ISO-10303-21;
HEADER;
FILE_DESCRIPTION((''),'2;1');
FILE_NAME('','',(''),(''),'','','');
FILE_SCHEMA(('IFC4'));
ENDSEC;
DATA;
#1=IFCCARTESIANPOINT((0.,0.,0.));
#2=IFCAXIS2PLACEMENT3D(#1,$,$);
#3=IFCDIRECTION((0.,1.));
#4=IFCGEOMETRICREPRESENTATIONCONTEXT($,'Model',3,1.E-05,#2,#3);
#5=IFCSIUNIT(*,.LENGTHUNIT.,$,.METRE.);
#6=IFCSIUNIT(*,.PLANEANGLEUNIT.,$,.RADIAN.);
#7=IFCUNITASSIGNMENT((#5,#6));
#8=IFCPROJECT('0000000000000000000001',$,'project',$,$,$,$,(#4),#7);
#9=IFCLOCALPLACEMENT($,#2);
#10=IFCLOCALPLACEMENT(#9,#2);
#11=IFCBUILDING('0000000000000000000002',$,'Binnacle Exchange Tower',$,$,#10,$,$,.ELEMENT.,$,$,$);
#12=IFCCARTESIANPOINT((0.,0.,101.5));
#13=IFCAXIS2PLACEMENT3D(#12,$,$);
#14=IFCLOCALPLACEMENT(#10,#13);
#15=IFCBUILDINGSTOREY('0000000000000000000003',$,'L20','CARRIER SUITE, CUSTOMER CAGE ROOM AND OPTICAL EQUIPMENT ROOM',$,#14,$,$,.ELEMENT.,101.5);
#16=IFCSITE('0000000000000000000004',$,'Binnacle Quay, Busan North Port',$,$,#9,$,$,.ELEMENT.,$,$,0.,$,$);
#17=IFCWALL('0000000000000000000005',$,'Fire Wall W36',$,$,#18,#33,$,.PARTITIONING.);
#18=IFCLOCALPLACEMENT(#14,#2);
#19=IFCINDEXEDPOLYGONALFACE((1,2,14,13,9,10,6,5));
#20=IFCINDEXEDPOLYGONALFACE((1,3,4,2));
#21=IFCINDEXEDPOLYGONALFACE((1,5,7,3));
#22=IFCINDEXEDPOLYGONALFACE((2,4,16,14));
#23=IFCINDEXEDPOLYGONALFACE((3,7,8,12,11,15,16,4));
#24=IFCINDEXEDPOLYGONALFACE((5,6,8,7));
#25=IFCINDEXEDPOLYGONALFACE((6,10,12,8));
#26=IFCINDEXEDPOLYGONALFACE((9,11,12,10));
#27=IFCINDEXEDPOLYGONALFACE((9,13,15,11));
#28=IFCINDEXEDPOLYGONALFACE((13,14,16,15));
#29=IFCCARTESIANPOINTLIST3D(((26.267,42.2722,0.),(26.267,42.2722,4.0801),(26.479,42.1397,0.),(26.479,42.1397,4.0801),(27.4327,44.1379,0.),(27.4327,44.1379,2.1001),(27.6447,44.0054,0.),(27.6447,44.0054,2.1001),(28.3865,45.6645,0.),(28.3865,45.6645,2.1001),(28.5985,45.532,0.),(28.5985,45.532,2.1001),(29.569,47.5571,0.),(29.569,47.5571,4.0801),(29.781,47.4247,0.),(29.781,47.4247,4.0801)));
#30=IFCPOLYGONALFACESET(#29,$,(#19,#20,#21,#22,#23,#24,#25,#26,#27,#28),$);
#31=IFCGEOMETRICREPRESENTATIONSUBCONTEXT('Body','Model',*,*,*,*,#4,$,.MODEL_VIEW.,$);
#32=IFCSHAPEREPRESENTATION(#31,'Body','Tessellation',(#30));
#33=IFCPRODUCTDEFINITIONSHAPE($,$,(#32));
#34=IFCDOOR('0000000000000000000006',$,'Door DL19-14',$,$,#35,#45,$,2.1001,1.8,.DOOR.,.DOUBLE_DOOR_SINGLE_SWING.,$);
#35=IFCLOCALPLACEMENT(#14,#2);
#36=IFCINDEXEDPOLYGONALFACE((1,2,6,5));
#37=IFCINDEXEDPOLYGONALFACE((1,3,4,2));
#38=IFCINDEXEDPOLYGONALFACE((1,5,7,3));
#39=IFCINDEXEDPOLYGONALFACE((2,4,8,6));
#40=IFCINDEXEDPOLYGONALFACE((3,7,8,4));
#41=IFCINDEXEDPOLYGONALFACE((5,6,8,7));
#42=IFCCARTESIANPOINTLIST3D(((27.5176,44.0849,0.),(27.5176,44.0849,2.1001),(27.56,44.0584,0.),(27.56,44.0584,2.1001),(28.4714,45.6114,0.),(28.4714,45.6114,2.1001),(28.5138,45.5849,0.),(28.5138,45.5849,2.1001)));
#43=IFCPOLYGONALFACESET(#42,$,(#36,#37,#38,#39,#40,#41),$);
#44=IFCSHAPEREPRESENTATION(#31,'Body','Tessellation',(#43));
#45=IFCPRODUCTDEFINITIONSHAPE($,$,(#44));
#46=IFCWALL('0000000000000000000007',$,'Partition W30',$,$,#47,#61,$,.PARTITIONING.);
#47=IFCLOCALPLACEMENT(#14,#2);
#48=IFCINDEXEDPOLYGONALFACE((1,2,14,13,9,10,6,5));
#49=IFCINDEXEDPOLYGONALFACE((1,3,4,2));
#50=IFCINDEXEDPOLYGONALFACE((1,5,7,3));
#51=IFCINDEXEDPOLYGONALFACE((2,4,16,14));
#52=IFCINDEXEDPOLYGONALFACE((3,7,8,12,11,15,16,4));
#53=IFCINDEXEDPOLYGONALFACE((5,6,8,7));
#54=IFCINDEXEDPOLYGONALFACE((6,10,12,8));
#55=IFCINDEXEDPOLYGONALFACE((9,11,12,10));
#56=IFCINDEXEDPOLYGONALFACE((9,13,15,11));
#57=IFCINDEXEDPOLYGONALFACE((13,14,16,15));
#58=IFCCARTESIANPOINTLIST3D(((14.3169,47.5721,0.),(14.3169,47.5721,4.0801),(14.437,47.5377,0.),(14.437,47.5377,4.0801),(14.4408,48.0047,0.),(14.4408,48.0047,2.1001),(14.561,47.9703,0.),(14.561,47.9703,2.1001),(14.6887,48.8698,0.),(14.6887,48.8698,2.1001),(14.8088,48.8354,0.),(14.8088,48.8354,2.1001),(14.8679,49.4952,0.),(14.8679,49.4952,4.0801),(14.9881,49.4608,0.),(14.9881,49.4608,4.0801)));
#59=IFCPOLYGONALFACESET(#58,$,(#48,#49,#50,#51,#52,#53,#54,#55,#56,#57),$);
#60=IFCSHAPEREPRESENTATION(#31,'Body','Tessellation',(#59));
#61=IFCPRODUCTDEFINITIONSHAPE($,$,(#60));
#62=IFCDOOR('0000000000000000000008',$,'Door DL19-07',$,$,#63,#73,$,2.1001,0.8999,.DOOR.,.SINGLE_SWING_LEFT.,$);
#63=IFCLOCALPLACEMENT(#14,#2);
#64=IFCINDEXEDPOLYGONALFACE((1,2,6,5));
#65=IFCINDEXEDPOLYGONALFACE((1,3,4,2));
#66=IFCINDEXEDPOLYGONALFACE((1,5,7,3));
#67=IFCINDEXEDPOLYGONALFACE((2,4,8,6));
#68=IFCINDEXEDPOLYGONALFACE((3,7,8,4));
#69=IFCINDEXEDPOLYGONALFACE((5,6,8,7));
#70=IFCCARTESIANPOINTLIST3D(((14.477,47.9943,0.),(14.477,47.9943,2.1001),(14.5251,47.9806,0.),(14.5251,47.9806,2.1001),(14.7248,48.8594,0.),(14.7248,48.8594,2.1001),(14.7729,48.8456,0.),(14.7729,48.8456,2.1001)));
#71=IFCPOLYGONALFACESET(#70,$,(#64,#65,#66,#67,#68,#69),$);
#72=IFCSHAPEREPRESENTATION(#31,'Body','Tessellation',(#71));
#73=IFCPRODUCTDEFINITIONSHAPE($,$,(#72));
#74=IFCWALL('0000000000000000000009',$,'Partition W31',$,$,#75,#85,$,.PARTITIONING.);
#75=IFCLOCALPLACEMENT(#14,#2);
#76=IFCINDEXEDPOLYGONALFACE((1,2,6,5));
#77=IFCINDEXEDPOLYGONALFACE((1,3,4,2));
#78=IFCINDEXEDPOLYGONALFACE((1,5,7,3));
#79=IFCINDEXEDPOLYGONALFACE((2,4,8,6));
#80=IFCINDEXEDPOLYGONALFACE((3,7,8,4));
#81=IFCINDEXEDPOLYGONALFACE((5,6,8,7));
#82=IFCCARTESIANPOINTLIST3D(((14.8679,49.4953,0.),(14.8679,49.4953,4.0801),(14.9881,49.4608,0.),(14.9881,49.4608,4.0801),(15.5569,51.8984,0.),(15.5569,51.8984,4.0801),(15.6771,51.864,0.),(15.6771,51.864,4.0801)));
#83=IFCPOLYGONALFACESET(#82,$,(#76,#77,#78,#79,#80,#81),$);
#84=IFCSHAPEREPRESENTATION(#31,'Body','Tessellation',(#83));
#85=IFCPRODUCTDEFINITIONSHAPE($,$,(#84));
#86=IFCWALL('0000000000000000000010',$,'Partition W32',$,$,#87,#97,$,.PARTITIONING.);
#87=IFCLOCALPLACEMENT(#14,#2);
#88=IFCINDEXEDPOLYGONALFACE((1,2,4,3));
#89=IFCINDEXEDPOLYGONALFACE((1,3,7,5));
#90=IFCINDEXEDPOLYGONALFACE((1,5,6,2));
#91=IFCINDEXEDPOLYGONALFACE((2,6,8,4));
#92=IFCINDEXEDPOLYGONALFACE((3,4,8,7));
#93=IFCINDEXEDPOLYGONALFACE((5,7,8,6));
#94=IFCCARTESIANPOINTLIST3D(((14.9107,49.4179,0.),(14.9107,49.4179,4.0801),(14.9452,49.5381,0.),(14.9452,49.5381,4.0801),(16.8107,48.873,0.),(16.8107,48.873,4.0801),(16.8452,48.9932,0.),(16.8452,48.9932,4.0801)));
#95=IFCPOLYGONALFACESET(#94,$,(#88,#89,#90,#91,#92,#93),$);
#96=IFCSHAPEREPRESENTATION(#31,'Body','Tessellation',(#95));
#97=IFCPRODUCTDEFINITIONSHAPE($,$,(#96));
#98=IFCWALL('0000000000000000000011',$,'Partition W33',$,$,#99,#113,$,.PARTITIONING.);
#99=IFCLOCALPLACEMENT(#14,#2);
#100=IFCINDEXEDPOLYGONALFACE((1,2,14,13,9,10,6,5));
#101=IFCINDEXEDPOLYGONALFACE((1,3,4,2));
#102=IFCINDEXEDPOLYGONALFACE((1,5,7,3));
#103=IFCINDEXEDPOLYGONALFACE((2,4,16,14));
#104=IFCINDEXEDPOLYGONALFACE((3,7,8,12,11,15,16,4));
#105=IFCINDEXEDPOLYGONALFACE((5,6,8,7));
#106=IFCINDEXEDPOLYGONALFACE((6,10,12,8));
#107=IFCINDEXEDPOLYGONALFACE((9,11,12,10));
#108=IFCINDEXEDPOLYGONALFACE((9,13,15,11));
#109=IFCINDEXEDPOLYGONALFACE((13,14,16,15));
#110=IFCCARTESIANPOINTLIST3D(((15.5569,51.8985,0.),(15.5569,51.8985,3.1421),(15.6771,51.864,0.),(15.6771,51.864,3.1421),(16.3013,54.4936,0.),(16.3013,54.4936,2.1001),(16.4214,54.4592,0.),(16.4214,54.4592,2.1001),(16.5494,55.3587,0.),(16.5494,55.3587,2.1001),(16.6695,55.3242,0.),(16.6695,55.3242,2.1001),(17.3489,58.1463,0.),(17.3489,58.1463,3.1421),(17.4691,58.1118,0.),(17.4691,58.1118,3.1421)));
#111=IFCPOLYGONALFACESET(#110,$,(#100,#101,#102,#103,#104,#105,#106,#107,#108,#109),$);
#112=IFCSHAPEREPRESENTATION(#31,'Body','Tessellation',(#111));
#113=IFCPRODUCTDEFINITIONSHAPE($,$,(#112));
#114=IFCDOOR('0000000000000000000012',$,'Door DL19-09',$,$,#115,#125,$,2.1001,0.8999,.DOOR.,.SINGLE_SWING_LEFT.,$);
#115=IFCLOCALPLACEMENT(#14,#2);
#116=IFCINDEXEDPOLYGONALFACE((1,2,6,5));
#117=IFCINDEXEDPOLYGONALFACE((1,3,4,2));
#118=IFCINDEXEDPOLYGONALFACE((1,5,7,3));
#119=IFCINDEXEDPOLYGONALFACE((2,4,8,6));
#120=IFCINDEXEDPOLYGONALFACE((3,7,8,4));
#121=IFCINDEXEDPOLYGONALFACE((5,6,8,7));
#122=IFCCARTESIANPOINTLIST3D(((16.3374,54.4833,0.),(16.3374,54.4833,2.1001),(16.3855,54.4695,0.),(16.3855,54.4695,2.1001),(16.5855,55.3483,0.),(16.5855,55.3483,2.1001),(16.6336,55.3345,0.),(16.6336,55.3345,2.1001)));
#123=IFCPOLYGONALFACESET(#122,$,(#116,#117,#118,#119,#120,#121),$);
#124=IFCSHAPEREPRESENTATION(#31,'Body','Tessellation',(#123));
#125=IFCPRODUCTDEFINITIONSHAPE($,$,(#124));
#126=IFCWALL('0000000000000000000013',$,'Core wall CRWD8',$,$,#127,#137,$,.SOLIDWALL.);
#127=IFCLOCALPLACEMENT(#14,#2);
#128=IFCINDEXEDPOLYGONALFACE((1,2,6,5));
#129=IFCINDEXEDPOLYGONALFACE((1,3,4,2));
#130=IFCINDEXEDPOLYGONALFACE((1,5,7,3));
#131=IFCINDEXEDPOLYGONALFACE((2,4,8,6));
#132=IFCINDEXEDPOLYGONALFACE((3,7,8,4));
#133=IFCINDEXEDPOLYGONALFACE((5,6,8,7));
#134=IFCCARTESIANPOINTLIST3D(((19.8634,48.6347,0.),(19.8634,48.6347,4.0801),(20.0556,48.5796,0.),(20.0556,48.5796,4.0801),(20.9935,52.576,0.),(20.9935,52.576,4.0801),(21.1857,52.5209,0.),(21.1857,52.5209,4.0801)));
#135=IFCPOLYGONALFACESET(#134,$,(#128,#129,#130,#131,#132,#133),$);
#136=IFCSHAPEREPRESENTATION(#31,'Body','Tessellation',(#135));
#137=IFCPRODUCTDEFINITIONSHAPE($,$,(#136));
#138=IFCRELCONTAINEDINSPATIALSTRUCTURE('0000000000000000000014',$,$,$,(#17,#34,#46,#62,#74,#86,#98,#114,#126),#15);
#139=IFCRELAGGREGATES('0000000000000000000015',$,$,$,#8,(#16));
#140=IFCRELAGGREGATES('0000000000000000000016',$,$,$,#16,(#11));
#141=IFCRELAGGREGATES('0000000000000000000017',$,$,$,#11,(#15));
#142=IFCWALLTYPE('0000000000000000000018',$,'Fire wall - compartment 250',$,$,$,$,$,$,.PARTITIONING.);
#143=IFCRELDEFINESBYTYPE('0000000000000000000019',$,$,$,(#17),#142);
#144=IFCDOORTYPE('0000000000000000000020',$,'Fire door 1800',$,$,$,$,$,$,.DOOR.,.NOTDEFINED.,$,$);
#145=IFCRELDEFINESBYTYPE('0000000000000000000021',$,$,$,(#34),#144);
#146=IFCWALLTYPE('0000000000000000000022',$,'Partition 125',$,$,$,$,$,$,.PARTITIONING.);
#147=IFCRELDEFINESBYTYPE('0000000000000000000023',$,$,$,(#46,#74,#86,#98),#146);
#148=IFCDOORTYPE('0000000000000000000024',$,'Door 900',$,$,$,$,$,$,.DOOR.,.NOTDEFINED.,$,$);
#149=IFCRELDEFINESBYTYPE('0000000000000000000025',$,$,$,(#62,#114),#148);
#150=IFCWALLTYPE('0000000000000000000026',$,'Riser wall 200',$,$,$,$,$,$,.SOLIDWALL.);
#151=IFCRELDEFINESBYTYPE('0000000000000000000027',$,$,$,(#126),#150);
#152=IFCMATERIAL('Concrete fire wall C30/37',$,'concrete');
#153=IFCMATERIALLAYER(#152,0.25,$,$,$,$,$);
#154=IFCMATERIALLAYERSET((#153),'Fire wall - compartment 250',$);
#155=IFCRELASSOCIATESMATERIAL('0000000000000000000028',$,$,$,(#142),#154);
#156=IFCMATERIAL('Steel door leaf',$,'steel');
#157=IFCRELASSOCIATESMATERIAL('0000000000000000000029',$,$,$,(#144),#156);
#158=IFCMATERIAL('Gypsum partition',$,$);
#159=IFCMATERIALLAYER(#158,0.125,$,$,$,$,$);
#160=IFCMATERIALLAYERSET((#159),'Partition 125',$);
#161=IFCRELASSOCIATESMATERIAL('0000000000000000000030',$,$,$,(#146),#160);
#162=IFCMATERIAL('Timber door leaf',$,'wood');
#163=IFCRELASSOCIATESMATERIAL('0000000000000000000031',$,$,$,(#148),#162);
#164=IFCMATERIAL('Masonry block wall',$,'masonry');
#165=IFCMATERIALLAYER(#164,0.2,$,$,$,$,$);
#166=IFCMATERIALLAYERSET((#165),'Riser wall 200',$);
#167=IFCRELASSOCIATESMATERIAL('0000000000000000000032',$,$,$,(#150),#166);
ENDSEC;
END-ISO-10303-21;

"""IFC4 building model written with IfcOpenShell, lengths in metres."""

from ifc_helpers import new_model, si_unit, direction, frame, frame_2d, origin, place, context, subcontext, project, spatial, rectangle, extrude, material, layer, layer_set, type_object, element, fill, save


model = new_model("IFC4")

# Units and contexts
model_context = context("Model", 3, precision=1e-05, world=origin(), true_north=direction((0.0, 1.0)))
body_context = subcontext(model_context, "Body", "Model", "MODEL_VIEW")
ifc_project = project(units=[si_unit("LENGTHUNIT", "METRE"), si_unit("PLANEANGLEUNIT", "RADIAN")], contexts=[model_context])

# Site, building, storey
site_placement = place(None, origin())
site = spatial("IfcSite", under=ifc_project, at=site_placement, Name="Binnacle Quay, Busan North Port", CompositionType="ELEMENT", RefElevation=0.0)
building_placement = place(site_placement, origin())
building = spatial("IfcBuilding", under=site, at=building_placement, Name="Binnacle Exchange Tower", CompositionType="ELEMENT")
storey_placement = place(building_placement, frame((0.0, 0.0, 101.5)))
storey = spatial("IfcBuildingStorey", under=building, at=storey_placement, Name="L20", Description="CARRIER SUITE, CUSTOMER CAGE ROOM AND OPTICAL EQUIPMENT ROOM", CompositionType="ELEMENT", Elevation=101.5)

# Shared definitions
ifc_material_1 = material(Name="Steel door leaf", Category="steel")

# Walls, openings, doors
ifc_material_2 = material(Name="Concrete fire wall C30/37", Category="concrete")
ifc_layer_1 = layer(ifc_material_2, 0.25)
ifc_layer_set_1 = layer_set([ifc_layer_1], Name="Fire wall - compartment 250")
wall_type_1 = type_object("IfcWallType", Name="Fire wall - compartment 250", PredefinedType="PARTITIONING", material=ifc_layer_set_1)
wall_1_placement = place(storey_placement, frame((26.373, 42.2061, 0.0), z_axis=(0.0, 0.0, 1.0), x_axis=(0.529876, 0.848075, 0.0)))
wall_1 = element("IfcWall", 1, at=wall_1_placement, inside=storey, type_object=wall_type_1, Name="Fire Wall W36", PredefinedType="PARTITIONING", context=body_context, shape_type="SweptSolid", body=[
    extrude(rectangle(XDim=6.2317, YDim=0.25, at=frame_2d((3.1157, 0.0))), origin(), (0.0, 0.0, 1.0), 4.0801),
])
opening_1_placement = place(wall_1_placement, frame((2.2, 0.0, 0.0)))
opening_1 = element("IfcOpeningElement", 2, at=opening_1_placement, cuts=wall_1, PredefinedType="OPENING", context=body_context, shape_type="SweptSolid", body=[
    extrude(rectangle(XDim=1.8, YDim=2.1001, at=frame_2d((0.8999, 1.05))), frame((0.0, 0.135, 0.0), z_axis=(0.0, -1.0, 0.0), x_axis=(1.0, 0.0, 0.0)), (0.0, 0.0, 1.0), 0.27),
])
door_type_1 = type_object("IfcDoorType", Name="Fire door 1800", OperationType="NOTDEFINED", PredefinedType="DOOR", material=ifc_material_1)
door_1_placement = place(opening_1_placement, origin())
door_1 = element("IfcDoor", 3, at=door_1_placement, inside=storey, type_object=door_type_1, Name="Door DL19-14", OperationType="DOUBLE_DOOR_SINGLE_SWING", OverallHeight=2.1001, OverallWidth=1.8, PredefinedType="DOOR", context=body_context, shape_type="SweptSolid", body=[
    extrude(rectangle(XDim=1.8, YDim=2.1001, at=frame_2d((0.8999, 1.05))), frame((0.0, 0.0249, 0.0), z_axis=(0.0, -1.0, 0.0), x_axis=(1.0, 0.0, 0.0)), (0.0, 0.0, 1.0), 0.05),
])
fill(opening_1, door_1)
ifc_material_3 = material(Name="Gypsum partition")
ifc_layer_2 = layer(ifc_material_3, 0.125)
ifc_layer_set_2 = layer_set([ifc_layer_2], Name="Partition 125")
wall_type_2 = type_object("IfcWallType", Name="Partition 125", PredefinedType="PARTITIONING", material=ifc_layer_set_2)
wall_2_placement = place(storey_placement, frame((14.377, 47.5549, 0.0), z_axis=(0.0, 0.0, 1.0), x_axis=(0.275446, 0.961316, 0.0)))
wall_2 = element("IfcWall", 4, at=wall_2_placement, inside=storey, type_object=wall_type_2, Name="Partition W30", PredefinedType="PARTITIONING", context=body_context, shape_type="SweptSolid", body=[
    extrude(rectangle(XDim=2.0005, YDim=0.125, at=frame_2d((1.0002, 0.0))), origin(), (0.0, 0.0, 1.0), 4.0801),
])
opening_2_placement = place(wall_2_placement, frame((0.45, 0.0, 0.0)))
opening_2 = element("IfcOpeningElement", 5, at=opening_2_placement, cuts=wall_2, PredefinedType="OPENING", context=body_context, shape_type="SweptSolid", body=[
    extrude(rectangle(XDim=0.8999, YDim=2.1001, at=frame_2d((0.45, 1.05))), frame((0.0, 0.0725, 0.0), z_axis=(0.0, -1.0, 0.0), x_axis=(1.0, 0.0, 0.0)), (0.0, 0.0, 1.0), 0.145),
])
ifc_material_4 = material(Name="Timber door leaf", Category="wood")
door_type_2 = type_object("IfcDoorType", Name="Door 900", OperationType="NOTDEFINED", PredefinedType="DOOR", material=ifc_material_4)
door_2_placement = place(opening_2_placement, origin())
door_2 = element("IfcDoor", 6, at=door_2_placement, inside=storey, type_object=door_type_2, Name="Door DL19-07", OperationType="SINGLE_SWING_LEFT", OverallHeight=2.1001, OverallWidth=0.8999, PredefinedType="DOOR", context=body_context, shape_type="SweptSolid", body=[
    extrude(rectangle(XDim=0.8999, YDim=2.1001, at=frame_2d((0.45, 1.05))), frame((0.0, 0.0249, 0.0), z_axis=(0.0, -1.0, 0.0), x_axis=(1.0, 0.0, 0.0)), (0.0, 0.0, 1.0), 0.05),
])
fill(opening_2, door_2)

# Walls
wall_3_placement = place(storey_placement, frame((14.928, 49.478, 0.0), z_axis=(0.0, 0.0, 1.0), x_axis=(0.275598, 0.961273, 0.0)))
element("IfcWall", 7, at=wall_3_placement, inside=storey, type_object=wall_type_2, Name="Partition W31", PredefinedType="PARTITIONING", context=body_context, shape_type="SweptSolid", body=[
    extrude(rectangle(XDim=2.5, YDim=0.125, at=frame_2d((1.25, 0.0))), origin(), (0.0, 0.0, 1.0), 4.0801),
])
wall_4_placement = place(storey_placement, frame((14.928, 49.478, 0.0), z_axis=(0.0, 0.0, 1.0), x_axis=(0.961244, -0.2757, 0.0)))
element("IfcWall", 8, at=wall_4_placement, inside=storey, type_object=wall_type_2, Name="Partition W32", PredefinedType="PARTITIONING", context=body_context, shape_type="SweptSolid", body=[
    extrude(rectangle(XDim=1.9766, YDim=0.125, at=frame_2d((0.9883, 0.0))), origin(), (0.0, 0.0, 1.0), 4.0801),
])

# Wall, opening, door
wall_5_placement = place(storey_placement, frame((15.6169, 51.8811, 0.0), z_axis=(0.0, 0.0, 1.0), x_axis=(0.275703, 0.961243, 0.0)))
wall_5 = element("IfcWall", 9, at=wall_5_placement, inside=storey, type_object=wall_type_2, Name="Partition W33", PredefinedType="PARTITIONING", context=body_context, shape_type="SweptSolid", body=[
    extrude(rectangle(XDim=6.4998, YDim=0.125, at=frame_2d((3.25, 0.0))), origin(), (0.0, 0.0, 1.0), 3.1421),
])
opening_3_placement = place(wall_5_placement, frame((2.7, 0.0, 0.0)))
opening_3 = element("IfcOpeningElement", 10, at=opening_3_placement, cuts=wall_5, PredefinedType="OPENING", context=body_context, shape_type="SweptSolid", body=[
    extrude(rectangle(XDim=0.8999, YDim=2.1001, at=frame_2d((0.45, 1.05))), frame((0.0, 0.0725, 0.0), z_axis=(0.0, -1.0, 0.0), x_axis=(1.0, 0.0, 0.0)), (0.0, 0.0, 1.0), 0.145),
])
door_3_placement = place(opening_3_placement, origin())
door_3 = element("IfcDoor", 11, at=door_3_placement, inside=storey, type_object=door_type_2, Name="Door DL19-09", OperationType="SINGLE_SWING_LEFT", OverallHeight=2.1001, OverallWidth=0.8999, PredefinedType="DOOR", context=body_context, shape_type="SweptSolid", body=[
    extrude(rectangle(XDim=0.8999, YDim=2.1001, at=frame_2d((0.45, 1.05))), frame((0.0, 0.0249, 0.0), z_axis=(0.0, -1.0, 0.0), x_axis=(1.0, 0.0, 0.0)), (0.0, 0.0, 1.0), 0.05),
])
fill(opening_3, door_3)

# Wall
ifc_material_5 = material(Name="Masonry block wall", Category="masonry")
ifc_layer_3 = layer(ifc_material_5, 0.2)
ifc_layer_set_3 = layer_set([ifc_layer_3], Name="Riser wall 200")
wall_type_3 = type_object("IfcWallType", Name="Riser wall 200", PredefinedType="SOLIDWALL", material=ifc_layer_set_3)
wall_6_placement = place(storey_placement, frame((19.9595, 48.6072, 0.0), z_axis=(0.0, 0.0, 1.0), x_axis=(0.275641, 0.961261, 0.0)))
element("IfcWall", 12, at=wall_6_placement, inside=storey, type_object=wall_type_3, Name="Core wall CRWD8", PredefinedType="SOLIDWALL", context=body_context, shape_type="SweptSolid", body=[
    extrude(rectangle(XDim=4.1001, YDim=0.2, at=frame_2d((2.05, 0.0))), origin(), (0.0, 0.0, 1.0), 4.0801),
])

save(model, "model.ifc")
